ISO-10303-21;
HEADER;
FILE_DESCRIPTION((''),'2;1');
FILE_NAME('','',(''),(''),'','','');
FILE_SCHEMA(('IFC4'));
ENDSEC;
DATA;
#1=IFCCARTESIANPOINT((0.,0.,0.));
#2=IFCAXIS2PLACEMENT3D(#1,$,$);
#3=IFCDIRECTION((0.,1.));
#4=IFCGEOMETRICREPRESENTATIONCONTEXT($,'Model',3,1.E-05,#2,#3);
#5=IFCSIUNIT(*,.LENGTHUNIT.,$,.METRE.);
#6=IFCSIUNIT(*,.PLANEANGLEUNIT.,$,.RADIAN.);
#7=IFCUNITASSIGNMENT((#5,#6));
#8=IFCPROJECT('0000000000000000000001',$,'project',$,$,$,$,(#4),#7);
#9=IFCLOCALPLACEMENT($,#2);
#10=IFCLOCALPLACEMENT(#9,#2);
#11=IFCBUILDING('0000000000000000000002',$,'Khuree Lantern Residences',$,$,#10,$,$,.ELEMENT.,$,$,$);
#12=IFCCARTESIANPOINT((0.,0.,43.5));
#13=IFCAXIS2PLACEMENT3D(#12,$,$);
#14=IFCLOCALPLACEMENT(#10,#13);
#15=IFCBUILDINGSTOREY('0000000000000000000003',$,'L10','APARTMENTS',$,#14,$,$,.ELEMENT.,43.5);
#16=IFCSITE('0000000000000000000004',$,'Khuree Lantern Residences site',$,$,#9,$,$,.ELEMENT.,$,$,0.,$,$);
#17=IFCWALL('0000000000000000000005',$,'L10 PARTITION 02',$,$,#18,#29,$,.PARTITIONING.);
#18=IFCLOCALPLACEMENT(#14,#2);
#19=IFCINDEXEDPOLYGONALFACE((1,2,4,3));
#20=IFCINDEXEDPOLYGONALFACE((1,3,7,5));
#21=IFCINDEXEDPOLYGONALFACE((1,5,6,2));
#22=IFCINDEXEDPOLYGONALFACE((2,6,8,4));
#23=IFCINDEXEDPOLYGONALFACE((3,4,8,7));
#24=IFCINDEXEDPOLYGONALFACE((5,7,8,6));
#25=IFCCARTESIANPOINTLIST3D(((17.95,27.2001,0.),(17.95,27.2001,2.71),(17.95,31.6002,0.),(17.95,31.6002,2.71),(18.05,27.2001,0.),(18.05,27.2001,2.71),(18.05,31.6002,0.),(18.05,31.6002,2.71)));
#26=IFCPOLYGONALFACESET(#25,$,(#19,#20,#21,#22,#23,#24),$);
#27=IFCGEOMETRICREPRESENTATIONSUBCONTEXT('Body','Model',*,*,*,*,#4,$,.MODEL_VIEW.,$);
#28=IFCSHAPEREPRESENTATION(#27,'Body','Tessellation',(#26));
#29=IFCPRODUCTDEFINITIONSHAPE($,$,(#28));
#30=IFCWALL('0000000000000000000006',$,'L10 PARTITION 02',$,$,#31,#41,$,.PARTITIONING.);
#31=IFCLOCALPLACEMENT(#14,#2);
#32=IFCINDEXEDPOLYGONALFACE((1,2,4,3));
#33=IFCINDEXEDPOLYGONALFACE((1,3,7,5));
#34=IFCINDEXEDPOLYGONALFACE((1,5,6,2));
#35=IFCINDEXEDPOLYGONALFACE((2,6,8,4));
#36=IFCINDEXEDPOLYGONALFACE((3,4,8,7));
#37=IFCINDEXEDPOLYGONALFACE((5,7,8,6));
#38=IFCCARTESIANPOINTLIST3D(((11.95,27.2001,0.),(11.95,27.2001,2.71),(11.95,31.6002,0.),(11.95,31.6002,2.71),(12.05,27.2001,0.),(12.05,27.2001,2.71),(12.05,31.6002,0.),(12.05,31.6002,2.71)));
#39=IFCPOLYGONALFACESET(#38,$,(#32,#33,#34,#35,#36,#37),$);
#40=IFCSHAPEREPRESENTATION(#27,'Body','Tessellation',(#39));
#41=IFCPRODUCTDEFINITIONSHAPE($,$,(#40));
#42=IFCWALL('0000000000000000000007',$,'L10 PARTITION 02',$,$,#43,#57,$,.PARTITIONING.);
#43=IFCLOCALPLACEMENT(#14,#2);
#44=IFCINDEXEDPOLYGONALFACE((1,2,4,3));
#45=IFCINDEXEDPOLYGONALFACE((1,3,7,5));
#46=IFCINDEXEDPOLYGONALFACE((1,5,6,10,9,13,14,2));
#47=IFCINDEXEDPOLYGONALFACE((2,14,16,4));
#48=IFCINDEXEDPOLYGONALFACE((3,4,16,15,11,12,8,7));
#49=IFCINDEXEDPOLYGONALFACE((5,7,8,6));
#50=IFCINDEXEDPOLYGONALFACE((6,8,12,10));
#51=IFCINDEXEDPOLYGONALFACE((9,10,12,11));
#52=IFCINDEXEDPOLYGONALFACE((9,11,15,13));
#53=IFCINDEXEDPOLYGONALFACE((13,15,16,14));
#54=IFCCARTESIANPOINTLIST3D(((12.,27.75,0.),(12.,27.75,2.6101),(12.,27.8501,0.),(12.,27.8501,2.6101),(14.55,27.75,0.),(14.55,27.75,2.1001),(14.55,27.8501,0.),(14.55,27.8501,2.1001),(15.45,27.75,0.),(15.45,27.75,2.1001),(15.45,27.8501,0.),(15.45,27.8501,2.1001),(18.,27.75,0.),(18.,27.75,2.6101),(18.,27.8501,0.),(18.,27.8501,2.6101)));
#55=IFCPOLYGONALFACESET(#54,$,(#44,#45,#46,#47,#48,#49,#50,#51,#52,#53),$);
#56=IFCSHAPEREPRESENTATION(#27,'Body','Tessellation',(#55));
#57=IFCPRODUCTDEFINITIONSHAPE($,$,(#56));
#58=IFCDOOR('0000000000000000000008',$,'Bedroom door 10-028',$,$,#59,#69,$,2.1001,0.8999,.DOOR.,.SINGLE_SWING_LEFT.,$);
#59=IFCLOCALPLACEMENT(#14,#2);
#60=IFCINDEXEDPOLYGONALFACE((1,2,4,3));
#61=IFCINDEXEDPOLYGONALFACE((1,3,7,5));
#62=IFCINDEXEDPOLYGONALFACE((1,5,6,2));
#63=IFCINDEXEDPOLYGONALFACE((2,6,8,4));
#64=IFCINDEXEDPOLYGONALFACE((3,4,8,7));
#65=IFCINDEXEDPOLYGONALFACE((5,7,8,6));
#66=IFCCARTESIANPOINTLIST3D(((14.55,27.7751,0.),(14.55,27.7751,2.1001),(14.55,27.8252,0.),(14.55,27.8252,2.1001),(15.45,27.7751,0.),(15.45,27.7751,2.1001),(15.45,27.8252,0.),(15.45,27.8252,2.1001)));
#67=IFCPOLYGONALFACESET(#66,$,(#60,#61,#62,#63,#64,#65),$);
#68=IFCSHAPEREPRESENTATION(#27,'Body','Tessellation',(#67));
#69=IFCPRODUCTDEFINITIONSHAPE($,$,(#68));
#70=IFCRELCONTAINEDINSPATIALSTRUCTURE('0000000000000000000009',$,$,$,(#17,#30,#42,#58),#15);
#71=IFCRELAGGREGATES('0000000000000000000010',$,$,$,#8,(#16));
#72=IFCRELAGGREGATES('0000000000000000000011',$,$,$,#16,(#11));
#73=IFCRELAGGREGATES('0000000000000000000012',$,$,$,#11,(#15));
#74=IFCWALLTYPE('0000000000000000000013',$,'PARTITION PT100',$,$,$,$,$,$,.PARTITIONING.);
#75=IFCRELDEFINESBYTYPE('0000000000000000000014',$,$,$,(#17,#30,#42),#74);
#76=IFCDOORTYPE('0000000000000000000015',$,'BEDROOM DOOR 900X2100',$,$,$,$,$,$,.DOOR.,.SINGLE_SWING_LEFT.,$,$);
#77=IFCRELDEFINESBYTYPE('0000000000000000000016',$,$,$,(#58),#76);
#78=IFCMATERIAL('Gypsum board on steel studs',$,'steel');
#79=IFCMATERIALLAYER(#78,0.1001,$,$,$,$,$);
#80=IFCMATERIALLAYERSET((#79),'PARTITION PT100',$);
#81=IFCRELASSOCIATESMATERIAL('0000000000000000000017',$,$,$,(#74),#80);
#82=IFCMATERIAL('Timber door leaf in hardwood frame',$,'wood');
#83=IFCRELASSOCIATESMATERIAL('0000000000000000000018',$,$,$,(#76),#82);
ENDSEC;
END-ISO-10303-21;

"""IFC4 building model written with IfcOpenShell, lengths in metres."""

from ifc_helpers import new_model, si_unit, direction, frame, frame_2d, origin, place, context, subcontext, project, spatial, rectangle, extrude, material, layer, layer_set, type_object, element, fill, save


model = new_model("IFC4")

# Units and contexts
model_context = context("Model", 3, precision=1e-05, world=origin(), true_north=direction((0.0, 1.0)))
body_context = subcontext(model_context, "Body", "Model", "MODEL_VIEW")
ifc_project = project(units=[si_unit("LENGTHUNIT", "METRE"), si_unit("PLANEANGLEUNIT", "RADIAN")], contexts=[model_context])

# Site, building, storey
site_placement = place(None, origin())
site = spatial("IfcSite", under=ifc_project, at=site_placement, Name="Khuree Lantern Residences site", CompositionType="ELEMENT", RefElevation=0.0)
building_placement = place(site_placement, origin())
building = spatial("IfcBuilding", under=site, at=building_placement, Name="Khuree Lantern Residences", CompositionType="ELEMENT")
storey_placement = place(building_placement, frame((0.0, 0.0, 43.5)))
storey = spatial("IfcBuildingStorey", under=building, at=storey_placement, Name="L10", Description="APARTMENTS", CompositionType="ELEMENT", Elevation=43.5)

# Shared definitions
ifc_material_1 = material(Name="Timber door leaf in hardwood frame", Category="wood")

# Walls
ifc_material_2 = material(Name="Gypsum board on steel studs", Category="steel")
ifc_layer_1 = layer(ifc_material_2, 0.1001)
ifc_layer_set_1 = layer_set([ifc_layer_1], Name="PARTITION PT100")
wall_type_1 = type_object("IfcWallType", Name="PARTITION PT100", PredefinedType="PARTITIONING", material=ifc_layer_set_1)
for number, where, z_axis, x_axis, name in (
    (1, (18.0, 27.2, 0.0), (0.0, 0.0, 1.0), (0.0, 1.0, 0.0), "L10 PARTITION 02"),
    (2, (12.0, 27.2, 0.0), (0.0, 0.0, 1.0), (0.0, 1.0, 0.0), "L10 PARTITION 02"),
):
    element("IfcWall", number, at=place(storey_placement, frame(where, z_axis=z_axis, x_axis=x_axis)), inside=storey, type_object=wall_type_1, Name=name, PredefinedType="PARTITIONING", context=body_context, shape_type="SweptSolid", body=[
        extrude(rectangle(XDim=4.4001, YDim=0.1001, at=frame_2d((2.2002, 0.0))), origin(), (0.0, 0.0, 1.0), 2.71),
    ])

# Wall, opening, door
wall_1_placement = place(storey_placement, frame((18.0, 27.8, 0.0), z_axis=(0.0, 0.0, 1.0), x_axis=(-1.0, 0.0, 0.0)))
wall_1 = element("IfcWall", 3, at=wall_1_placement, inside=storey, type_object=wall_type_1, Name="L10 PARTITION 02", PredefinedType="PARTITIONING", context=body_context, shape_type="SweptSolid", body=[
    extrude(rectangle(XDim=6.0, YDim=0.1001, at=frame_2d((3.0, 0.0))), origin(), (0.0, 0.0, 1.0), 2.6101),
])
opening_1_placement = place(wall_1_placement, frame((2.55, 0.0, 0.0)))
opening_1 = element("IfcOpeningElement", 4, at=opening_1_placement, cuts=wall_1, PredefinedType="OPENING", context=body_context, shape_type="SweptSolid", body=[
    extrude(rectangle(XDim=0.8999, YDim=2.1001, at=frame_2d((0.45, 1.05))), frame((0.0, 0.0601, 0.0), z_axis=(0.0, -1.0, 0.0), x_axis=(1.0, 0.0, 0.0)), (0.0, 0.0, 1.0), 0.1201),
])
door_type_1 = type_object("IfcDoorType", Name="BEDROOM DOOR 900X2100", OperationType="SINGLE_SWING_LEFT", PredefinedType="DOOR", material=ifc_material_1)
door_1_placement = place(opening_1_placement, origin())
door_1 = element("IfcDoor", 5, at=door_1_placement, inside=storey, type_object=door_type_1, Name="Bedroom door 10-028", OperationType="SINGLE_SWING_LEFT", OverallHeight=2.1001, OverallWidth=0.8999, PredefinedType="DOOR", context=body_context, shape_type="SweptSolid", body=[
    extrude(rectangle(XDim=0.8999, YDim=2.1001, at=frame_2d((0.45, 1.05))), frame((0.0, 0.0249, 0.0), z_axis=(0.0, -1.0, 0.0), x_axis=(1.0, 0.0, 0.0)), (0.0, 0.0, 1.0), 0.05),
])
fill(opening_1, door_1)

save(model, "model.ifc")
